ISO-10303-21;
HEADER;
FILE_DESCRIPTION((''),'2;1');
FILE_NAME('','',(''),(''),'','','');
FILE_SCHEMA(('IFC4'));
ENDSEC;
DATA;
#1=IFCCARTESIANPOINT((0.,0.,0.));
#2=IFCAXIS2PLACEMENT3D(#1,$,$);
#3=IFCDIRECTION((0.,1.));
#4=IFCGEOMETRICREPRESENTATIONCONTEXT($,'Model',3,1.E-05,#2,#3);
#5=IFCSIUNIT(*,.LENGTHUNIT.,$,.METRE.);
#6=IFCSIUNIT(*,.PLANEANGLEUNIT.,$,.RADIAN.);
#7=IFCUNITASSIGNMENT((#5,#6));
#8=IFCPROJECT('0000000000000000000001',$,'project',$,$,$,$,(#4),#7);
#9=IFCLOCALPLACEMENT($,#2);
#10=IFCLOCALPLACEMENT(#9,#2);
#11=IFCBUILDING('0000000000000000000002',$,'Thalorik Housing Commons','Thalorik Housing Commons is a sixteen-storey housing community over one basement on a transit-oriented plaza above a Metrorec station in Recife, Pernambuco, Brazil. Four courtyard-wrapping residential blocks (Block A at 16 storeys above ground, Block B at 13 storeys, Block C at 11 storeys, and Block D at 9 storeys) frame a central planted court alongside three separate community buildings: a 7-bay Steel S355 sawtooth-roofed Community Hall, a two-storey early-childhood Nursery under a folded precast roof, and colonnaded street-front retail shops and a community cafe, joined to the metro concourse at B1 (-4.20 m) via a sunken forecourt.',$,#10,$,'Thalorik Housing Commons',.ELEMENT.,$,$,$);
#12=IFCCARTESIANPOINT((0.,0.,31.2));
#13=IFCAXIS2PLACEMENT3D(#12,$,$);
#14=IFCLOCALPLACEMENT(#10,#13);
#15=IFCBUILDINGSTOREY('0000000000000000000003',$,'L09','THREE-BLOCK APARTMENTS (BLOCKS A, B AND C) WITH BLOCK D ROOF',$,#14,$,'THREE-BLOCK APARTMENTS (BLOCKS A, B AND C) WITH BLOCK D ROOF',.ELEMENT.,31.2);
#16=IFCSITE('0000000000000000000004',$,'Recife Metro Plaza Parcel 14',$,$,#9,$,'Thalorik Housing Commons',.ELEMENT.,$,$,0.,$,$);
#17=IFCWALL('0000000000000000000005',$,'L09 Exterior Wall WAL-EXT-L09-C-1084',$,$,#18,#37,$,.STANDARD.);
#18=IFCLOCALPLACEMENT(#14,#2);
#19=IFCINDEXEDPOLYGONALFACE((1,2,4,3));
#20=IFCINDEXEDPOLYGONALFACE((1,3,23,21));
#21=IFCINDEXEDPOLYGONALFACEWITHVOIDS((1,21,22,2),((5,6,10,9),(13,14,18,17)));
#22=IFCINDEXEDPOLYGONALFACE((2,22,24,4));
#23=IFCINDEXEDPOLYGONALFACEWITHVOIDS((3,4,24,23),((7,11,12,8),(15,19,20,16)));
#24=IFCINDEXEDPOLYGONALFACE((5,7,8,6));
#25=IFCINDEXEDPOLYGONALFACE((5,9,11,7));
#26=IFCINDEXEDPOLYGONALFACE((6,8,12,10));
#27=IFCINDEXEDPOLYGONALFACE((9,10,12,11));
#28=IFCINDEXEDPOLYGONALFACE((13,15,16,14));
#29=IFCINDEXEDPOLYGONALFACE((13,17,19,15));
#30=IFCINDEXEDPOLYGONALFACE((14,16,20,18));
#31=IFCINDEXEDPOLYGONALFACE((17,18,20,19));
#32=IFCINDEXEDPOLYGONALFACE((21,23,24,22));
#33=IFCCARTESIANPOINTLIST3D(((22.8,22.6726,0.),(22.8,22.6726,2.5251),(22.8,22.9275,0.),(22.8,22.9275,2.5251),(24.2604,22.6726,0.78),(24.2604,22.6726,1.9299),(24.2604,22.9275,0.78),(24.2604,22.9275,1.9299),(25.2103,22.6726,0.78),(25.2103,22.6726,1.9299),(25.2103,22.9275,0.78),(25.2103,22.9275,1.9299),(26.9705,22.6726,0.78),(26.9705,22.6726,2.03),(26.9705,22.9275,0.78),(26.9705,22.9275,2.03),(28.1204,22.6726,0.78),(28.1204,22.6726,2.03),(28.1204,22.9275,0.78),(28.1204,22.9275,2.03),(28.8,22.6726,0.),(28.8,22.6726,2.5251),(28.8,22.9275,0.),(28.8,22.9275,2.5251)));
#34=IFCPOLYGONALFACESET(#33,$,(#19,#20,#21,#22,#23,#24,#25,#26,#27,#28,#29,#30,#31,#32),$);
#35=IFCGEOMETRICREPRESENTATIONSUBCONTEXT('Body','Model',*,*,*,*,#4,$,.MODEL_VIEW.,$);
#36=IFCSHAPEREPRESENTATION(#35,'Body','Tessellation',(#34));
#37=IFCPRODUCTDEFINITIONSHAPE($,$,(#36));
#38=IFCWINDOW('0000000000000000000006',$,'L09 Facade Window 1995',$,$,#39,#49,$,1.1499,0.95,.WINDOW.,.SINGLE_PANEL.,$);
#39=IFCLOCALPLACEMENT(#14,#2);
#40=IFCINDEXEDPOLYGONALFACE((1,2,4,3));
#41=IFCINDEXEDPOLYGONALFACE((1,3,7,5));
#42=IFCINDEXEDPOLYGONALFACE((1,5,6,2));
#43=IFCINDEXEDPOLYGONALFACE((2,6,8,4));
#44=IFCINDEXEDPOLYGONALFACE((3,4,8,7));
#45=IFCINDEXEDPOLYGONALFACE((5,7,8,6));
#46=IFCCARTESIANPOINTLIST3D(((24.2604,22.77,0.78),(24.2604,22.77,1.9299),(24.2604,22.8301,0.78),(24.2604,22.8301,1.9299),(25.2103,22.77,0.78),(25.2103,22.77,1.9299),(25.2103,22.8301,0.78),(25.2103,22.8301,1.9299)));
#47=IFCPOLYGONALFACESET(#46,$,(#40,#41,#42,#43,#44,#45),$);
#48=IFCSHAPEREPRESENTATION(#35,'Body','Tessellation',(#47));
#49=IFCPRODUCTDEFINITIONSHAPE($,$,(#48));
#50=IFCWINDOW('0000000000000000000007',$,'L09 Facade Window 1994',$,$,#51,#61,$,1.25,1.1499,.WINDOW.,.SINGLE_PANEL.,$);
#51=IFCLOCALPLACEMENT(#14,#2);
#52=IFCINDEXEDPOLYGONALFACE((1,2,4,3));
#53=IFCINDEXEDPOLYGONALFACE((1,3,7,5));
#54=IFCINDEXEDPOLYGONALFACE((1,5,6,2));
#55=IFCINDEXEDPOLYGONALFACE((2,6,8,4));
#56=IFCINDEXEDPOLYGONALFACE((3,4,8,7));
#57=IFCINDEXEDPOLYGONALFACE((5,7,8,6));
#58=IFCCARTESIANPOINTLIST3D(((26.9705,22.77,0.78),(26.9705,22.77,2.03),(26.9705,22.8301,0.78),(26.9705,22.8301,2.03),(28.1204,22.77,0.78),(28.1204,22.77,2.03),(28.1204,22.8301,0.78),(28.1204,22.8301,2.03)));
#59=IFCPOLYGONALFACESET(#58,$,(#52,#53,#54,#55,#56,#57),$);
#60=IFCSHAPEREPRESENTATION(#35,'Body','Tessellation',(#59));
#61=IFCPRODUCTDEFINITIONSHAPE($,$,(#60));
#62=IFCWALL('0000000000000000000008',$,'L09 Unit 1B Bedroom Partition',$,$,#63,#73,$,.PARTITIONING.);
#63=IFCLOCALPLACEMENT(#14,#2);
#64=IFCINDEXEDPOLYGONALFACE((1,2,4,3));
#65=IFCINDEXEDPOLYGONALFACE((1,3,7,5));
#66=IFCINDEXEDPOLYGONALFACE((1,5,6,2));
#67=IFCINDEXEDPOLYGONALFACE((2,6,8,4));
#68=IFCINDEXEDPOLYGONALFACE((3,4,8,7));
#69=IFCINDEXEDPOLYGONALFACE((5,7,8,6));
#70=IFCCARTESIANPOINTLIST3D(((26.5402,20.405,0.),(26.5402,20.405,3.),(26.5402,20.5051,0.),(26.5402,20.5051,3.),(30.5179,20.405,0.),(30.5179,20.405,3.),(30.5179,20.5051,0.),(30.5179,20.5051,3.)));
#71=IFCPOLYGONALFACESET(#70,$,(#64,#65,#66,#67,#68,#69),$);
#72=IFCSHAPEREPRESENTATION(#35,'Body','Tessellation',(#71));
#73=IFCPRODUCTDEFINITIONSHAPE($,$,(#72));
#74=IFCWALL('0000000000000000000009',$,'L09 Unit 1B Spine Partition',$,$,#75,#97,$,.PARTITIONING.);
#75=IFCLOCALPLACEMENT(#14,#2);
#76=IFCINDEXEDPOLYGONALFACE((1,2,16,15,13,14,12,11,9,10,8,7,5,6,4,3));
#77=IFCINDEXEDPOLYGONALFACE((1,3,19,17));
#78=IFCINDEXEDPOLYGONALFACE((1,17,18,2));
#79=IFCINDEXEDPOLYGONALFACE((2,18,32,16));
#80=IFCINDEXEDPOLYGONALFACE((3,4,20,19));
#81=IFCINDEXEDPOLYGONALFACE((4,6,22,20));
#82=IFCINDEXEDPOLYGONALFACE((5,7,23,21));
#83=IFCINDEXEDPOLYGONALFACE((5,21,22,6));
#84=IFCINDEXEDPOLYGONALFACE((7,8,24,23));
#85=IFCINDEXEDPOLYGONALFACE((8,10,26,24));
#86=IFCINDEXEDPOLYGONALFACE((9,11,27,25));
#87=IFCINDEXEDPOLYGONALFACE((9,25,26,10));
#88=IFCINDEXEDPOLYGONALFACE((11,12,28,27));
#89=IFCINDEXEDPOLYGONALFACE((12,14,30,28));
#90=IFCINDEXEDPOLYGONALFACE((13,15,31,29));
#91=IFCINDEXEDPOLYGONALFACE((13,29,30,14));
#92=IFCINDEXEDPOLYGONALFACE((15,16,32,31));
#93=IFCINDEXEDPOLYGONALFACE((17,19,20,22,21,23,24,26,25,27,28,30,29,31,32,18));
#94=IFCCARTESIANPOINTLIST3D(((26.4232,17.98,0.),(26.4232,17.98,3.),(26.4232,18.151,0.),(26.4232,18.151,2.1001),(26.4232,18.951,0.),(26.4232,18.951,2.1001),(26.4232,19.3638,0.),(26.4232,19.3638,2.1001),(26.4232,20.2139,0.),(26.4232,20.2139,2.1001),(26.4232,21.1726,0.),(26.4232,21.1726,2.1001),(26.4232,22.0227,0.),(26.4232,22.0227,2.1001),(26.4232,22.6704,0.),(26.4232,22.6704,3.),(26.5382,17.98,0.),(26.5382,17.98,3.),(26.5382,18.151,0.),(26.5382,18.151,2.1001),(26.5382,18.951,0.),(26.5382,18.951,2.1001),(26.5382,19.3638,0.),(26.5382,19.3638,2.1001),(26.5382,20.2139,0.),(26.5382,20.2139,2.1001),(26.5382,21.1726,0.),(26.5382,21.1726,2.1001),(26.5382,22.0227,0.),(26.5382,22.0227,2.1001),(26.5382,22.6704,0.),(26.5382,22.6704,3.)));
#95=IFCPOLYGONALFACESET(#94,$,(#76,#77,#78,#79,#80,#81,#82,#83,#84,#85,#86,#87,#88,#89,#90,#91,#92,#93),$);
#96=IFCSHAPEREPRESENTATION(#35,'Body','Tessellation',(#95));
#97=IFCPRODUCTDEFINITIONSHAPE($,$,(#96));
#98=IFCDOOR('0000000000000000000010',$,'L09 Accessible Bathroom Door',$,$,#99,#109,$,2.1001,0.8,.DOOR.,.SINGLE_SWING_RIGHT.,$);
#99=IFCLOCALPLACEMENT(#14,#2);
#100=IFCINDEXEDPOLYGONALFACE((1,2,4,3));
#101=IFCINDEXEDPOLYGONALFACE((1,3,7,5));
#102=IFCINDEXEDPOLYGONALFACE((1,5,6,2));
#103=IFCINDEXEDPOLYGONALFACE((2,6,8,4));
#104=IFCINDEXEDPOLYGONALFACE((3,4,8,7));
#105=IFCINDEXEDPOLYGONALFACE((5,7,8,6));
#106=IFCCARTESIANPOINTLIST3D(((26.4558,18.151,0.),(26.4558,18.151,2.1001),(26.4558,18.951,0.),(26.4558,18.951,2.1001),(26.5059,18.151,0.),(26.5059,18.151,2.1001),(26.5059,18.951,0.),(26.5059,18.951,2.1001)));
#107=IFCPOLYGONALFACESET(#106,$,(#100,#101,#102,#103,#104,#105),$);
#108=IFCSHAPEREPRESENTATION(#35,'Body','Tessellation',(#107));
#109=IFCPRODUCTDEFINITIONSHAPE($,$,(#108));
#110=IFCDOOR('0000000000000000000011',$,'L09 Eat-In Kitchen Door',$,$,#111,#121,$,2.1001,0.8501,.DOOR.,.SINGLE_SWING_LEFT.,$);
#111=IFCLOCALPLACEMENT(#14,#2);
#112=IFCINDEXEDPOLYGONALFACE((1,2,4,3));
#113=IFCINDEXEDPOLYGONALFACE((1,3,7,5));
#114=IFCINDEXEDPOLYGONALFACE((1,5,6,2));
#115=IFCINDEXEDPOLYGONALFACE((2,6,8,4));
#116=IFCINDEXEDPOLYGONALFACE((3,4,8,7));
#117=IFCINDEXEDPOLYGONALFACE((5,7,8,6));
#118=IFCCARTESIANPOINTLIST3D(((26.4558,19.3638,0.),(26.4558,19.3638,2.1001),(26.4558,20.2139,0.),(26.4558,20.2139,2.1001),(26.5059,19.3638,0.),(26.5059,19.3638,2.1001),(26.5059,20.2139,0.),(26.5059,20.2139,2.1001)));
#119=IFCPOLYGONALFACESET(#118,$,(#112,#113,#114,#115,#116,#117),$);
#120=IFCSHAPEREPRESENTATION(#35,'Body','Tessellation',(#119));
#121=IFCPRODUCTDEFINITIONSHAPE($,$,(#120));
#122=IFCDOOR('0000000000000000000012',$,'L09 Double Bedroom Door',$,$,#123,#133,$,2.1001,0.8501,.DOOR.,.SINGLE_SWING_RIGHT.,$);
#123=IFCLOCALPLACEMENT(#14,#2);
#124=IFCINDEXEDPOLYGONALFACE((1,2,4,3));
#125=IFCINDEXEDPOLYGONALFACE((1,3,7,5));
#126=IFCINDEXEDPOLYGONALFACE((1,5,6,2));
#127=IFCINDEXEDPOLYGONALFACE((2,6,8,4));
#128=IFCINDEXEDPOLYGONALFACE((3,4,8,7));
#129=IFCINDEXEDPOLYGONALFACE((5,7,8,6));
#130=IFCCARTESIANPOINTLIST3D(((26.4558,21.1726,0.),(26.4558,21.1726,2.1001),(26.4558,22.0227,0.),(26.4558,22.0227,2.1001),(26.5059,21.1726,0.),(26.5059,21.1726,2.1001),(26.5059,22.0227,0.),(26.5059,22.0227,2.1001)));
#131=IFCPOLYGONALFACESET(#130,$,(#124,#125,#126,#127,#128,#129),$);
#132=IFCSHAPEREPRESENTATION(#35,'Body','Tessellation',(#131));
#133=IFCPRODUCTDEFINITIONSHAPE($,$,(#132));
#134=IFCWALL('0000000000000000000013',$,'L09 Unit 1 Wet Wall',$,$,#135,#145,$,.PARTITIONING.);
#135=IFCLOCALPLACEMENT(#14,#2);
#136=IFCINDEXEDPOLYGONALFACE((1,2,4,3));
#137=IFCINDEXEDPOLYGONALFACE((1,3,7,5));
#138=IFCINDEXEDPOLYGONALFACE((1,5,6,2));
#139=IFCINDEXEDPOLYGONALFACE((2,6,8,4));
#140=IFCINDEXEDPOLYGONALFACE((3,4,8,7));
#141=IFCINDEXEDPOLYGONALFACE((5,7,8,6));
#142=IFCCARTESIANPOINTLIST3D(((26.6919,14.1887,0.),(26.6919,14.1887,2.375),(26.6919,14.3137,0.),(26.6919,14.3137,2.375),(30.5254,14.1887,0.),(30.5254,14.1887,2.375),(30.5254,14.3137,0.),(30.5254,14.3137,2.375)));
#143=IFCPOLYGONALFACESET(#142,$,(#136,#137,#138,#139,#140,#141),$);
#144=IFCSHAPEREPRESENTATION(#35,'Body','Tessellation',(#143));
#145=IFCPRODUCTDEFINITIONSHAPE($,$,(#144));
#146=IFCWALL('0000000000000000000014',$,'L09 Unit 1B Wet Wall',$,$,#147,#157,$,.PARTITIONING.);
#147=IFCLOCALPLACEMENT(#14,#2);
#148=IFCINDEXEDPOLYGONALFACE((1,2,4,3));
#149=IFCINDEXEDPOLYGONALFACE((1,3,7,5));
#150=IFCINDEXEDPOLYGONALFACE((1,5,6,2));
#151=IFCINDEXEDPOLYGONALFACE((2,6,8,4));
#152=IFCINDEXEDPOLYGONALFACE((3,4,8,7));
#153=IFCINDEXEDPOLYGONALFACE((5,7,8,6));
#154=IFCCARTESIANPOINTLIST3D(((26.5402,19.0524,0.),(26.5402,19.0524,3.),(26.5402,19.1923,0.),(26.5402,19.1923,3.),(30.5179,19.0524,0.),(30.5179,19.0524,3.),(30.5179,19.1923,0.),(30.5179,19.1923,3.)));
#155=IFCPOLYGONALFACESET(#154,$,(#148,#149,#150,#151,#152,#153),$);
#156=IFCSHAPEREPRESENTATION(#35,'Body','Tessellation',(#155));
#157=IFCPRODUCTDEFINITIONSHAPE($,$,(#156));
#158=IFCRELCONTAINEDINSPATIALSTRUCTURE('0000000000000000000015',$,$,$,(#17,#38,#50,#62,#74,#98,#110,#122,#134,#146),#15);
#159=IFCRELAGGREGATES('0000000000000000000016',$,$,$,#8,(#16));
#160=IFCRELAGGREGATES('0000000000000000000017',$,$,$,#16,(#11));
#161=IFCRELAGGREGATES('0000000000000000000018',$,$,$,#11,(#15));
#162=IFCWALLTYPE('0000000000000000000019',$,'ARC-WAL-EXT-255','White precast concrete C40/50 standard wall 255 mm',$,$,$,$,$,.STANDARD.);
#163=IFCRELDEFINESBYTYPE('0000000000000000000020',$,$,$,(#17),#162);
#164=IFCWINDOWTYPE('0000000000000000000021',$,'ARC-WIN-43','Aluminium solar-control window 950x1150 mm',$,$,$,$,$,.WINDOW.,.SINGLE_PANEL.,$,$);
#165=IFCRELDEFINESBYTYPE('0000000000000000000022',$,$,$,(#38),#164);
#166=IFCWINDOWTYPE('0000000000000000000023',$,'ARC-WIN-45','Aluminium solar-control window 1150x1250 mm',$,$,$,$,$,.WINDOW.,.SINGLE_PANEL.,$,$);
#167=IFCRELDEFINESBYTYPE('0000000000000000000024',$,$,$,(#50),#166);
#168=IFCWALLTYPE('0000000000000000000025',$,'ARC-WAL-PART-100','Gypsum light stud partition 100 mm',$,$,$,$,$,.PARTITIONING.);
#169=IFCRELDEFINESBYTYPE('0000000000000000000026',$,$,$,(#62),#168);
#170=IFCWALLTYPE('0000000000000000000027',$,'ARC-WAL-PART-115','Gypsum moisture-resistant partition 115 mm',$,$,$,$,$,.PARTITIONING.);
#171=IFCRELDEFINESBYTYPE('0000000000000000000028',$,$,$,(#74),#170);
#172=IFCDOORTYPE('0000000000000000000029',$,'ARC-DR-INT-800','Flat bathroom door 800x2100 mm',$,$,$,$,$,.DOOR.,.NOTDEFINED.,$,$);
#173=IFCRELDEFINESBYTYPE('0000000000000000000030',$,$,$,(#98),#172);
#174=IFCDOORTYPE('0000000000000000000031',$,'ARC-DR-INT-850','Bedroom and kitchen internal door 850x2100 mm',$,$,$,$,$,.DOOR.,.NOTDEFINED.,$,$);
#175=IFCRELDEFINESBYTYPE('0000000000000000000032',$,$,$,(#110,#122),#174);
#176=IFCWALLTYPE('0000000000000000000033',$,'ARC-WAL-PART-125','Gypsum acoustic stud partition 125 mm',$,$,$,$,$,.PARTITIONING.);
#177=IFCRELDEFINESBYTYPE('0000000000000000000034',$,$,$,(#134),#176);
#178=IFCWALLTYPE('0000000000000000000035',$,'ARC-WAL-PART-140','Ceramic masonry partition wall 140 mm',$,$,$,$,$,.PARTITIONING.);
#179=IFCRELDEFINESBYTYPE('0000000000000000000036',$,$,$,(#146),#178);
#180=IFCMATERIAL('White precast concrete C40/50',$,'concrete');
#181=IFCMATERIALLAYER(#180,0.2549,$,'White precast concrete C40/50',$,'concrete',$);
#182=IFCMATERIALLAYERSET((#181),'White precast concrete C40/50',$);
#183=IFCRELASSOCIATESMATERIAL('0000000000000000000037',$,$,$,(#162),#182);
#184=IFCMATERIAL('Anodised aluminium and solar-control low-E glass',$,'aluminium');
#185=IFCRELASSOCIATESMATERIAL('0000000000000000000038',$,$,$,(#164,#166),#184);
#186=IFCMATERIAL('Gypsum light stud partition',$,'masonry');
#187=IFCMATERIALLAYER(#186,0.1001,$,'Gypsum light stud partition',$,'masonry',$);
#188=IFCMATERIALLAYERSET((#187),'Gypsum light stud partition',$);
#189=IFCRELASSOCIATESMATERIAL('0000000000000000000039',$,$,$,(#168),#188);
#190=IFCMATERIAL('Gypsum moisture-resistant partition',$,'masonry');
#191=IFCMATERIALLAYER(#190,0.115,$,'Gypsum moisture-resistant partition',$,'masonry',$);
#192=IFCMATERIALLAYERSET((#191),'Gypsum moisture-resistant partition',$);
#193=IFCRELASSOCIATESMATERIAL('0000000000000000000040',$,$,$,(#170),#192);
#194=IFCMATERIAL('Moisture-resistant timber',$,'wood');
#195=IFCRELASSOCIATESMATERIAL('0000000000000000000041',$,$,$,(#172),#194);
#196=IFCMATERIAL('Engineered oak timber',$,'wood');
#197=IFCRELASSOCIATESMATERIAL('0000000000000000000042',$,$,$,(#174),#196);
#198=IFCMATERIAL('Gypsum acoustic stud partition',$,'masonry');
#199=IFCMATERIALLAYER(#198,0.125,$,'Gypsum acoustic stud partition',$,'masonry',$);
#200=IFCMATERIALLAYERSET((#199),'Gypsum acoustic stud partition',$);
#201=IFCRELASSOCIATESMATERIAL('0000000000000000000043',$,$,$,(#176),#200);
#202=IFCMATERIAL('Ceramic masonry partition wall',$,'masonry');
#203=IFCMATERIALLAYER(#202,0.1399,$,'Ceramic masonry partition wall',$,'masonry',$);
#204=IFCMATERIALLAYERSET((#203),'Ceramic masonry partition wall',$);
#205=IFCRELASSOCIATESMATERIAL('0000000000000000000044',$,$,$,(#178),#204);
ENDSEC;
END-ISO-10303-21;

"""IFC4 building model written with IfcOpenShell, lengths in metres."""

from ifc_helpers import new_model, si_unit, direction, frame, frame_2d, origin, place, context, subcontext, project, spatial, rectangle, extrude, material, layer, layer_set, type_object, element, fill, save


model = new_model("IFC4")

# Units and contexts
model_context = context("Model", 3, precision=1e-05, world=origin(), true_north=direction((0.0, 1.0)))
body_context = subcontext(model_context, "Body", "Model", "MODEL_VIEW")
ifc_project = project(units=[si_unit("LENGTHUNIT", "METRE"), si_unit("PLANEANGLEUNIT", "RADIAN")], contexts=[model_context])

# Site, building, storey
site_placement = place(None, origin())
site = spatial("IfcSite", under=ifc_project, at=site_placement, Name="Recife Metro Plaza Parcel 14", LongName="Thalorik Housing Commons", CompositionType="ELEMENT", RefElevation=0.0)
building_placement = place(site_placement, origin())
building = spatial("IfcBuilding", under=site, at=building_placement, Name="Thalorik Housing Commons", Description="Thalorik Housing Commons is a sixteen-storey housing community over one basement on a transit-oriented plaza above a Metrorec station in Recife, Pernambuco, Brazil. Four courtyard-wrapping residential blocks (Block A at 16 storeys above ground, Block B at 13 storeys, Block C at 11 storeys, and Block D at 9 storeys) frame a central planted court alongside three separate community buildings: a 7-bay Steel S355 sawtooth-roofed Community Hall, a two-storey early-childhood Nursery under a folded precast roof, and colonnaded street-front retail shops and a community cafe, joined to the metro concourse at B1 (-4.20 m) via a sunken forecourt.", LongName="Thalorik Housing Commons", CompositionType="ELEMENT")
storey_placement = place(building_placement, frame((0.0, 0.0, 31.2)))
storey = spatial("IfcBuildingStorey", under=building, at=storey_placement, Name="L09", Description="THREE-BLOCK APARTMENTS (BLOCKS A, B AND C) WITH BLOCK D ROOF", LongName="THREE-BLOCK APARTMENTS (BLOCKS A, B AND C) WITH BLOCK D ROOF", CompositionType="ELEMENT", Elevation=31.2)

# Shared definitions
ifc_material_1 = material(Name="Anodised aluminium and solar-control low-E glass", Category="aluminium")

# Shared definitions
ifc_material_2 = material(Name="White precast concrete C40/50", Category="concrete")
ifc_layer_1 = layer(ifc_material_2, 0.2549, Name="White precast concrete C40/50", Category="concrete")
ifc_layer_set_1 = layer_set([ifc_layer_1], Name="White precast concrete C40/50")
wall_type_1 = type_object("IfcWallType", Name="ARC-WAL-EXT-255", Description="White precast concrete C40/50 standard wall 255 mm", PredefinedType="STANDARD", material=ifc_layer_set_1)

# Wall, openings, windows
wall_1_placement = place(storey_placement, frame((28.8, 22.8, 0.0), z_axis=(0.0, 0.0, 1.0), x_axis=(-1.0, 0.0, 0.0)))
wall_1 = element("IfcWall", 1, at=wall_1_placement, inside=storey, type_object=wall_type_1, Name="L09 Exterior Wall WAL-EXT-L09-C-1084", PredefinedType="STANDARD", context=body_context, shape_type="SweptSolid", body=[
    extrude(rectangle(XDim=6.0, YDim=0.2549, at=frame_2d((3.0, 0.0))), origin(), (0.0, 0.0, 1.0), 2.5251),
])
opening_1_placement = place(wall_1_placement, frame((0.6797, 0.0, 0.78)))
opening_1 = element("IfcOpeningElement", 2, at=opening_1_placement, cuts=wall_1, PredefinedType="OPENING", context=body_context, shape_type="SweptSolid", body=[
    extrude(rectangle(XDim=1.1499, YDim=1.25, at=frame_2d((0.575, 0.625))), frame((0.0, 0.1375, 0.0), z_axis=(0.0, -1.0, 0.0), x_axis=(1.0, 0.0, 0.0)), (0.0, 0.0, 1.0), 0.2749),
])
opening_2_placement = place(wall_1_placement, frame((3.5896, 0.0, 0.78)))
opening_2 = element("IfcOpeningElement", 3, at=opening_2_placement, cuts=wall_1, PredefinedType="OPENING", context=body_context, shape_type="SweptSolid", body=[
    extrude(rectangle(XDim=0.95, YDim=1.1499, at=frame_2d((0.4751, 0.575))), frame((0.0, 0.1375, 0.0), z_axis=(0.0, -1.0, 0.0), x_axis=(1.0, 0.0, 0.0)), (0.0, 0.0, 1.0), 0.2749),
])
window_type_1 = type_object("IfcWindowType", Name="ARC-WIN-43", Description="Aluminium solar-control window 950x1150 mm", PartitioningType="SINGLE_PANEL", PredefinedType="WINDOW", material=ifc_material_1)
window_1_placement = place(opening_2_placement, origin())
window_1 = element("IfcWindow", 4, at=window_1_placement, inside=storey, type_object=window_type_1, Name="L09 Facade Window 1995", OverallHeight=1.1499, OverallWidth=0.95, PartitioningType="SINGLE_PANEL", PredefinedType="WINDOW", context=body_context, shape_type="SweptSolid", body=[
    extrude(rectangle(XDim=0.95, YDim=1.1499, at=frame_2d((0.4751, 0.575))), frame((0.0, 0.03, 0.0), z_axis=(0.0, -1.0, 0.0), x_axis=(1.0, 0.0, 0.0)), (0.0, 0.0, 1.0), 0.0601),
])
fill(opening_2, window_1)
window_type_2 = type_object("IfcWindowType", Name="ARC-WIN-45", Description="Aluminium solar-control window 1150x1250 mm", PartitioningType="SINGLE_PANEL", PredefinedType="WINDOW", material=ifc_material_1)
window_2_placement = place(opening_1_placement, origin())
window_2 = element("IfcWindow", 5, at=window_2_placement, inside=storey, type_object=window_type_2, Name="L09 Facade Window 1994", OverallHeight=1.25, OverallWidth=1.1499, PartitioningType="SINGLE_PANEL", PredefinedType="WINDOW", context=body_context, shape_type="SweptSolid", body=[
    extrude(rectangle(XDim=1.1499, YDim=1.25, at=frame_2d((0.575, 0.625))), frame((0.0, 0.03, 0.0), z_axis=(0.0, -1.0, 0.0), x_axis=(1.0, 0.0, 0.0)), (0.0, 0.0, 1.0), 0.0601),
])
fill(opening_1, window_2)

# Wall
ifc_material_3 = material(Name="Gypsum light stud partition", Category="masonry")
ifc_layer_2 = layer(ifc_material_3, 0.1001, Name="Gypsum light stud partition", Category="masonry")
ifc_layer_set_2 = layer_set([ifc_layer_2], Name="Gypsum light stud partition")
wall_type_2 = type_object("IfcWallType", Name="ARC-WAL-PART-100", Description="Gypsum light stud partition 100 mm", PredefinedType="PARTITIONING", material=ifc_layer_set_2)
wall_2_placement = place(storey_placement, frame((26.5403, 20.4551, 0.0), z_axis=(0.0, 0.0, 1.0), x_axis=(1.0, 0.0, 0.0)))
element("IfcWall", 6, at=wall_2_placement, inside=storey, type_object=wall_type_2, Name="L09 Unit 1B Bedroom Partition", PredefinedType="PARTITIONING", context=body_context, shape_type="SweptSolid", body=[
    extrude(rectangle(XDim=3.9778, YDim=0.1001, at=frame_2d((1.9888, 0.0))), origin(), (0.0, 0.0, 1.0), 3.0),
])

# Wall, openings, doors
ifc_material_4 = material(Name="Gypsum moisture-resistant partition", Category="masonry")
ifc_layer_3 = layer(ifc_material_4, 0.115, Name="Gypsum moisture-resistant partition", Category="masonry")
ifc_layer_set_3 = layer_set([ifc_layer_3], Name="Gypsum moisture-resistant partition")
wall_type_3 = type_object("IfcWallType", Name="ARC-WAL-PART-115", Description="Gypsum moisture-resistant partition 115 mm", PredefinedType="PARTITIONING", material=ifc_layer_set_3)
wall_3_placement = place(storey_placement, frame((26.4807, 17.98, 0.0), z_axis=(0.0, 0.0, 1.0), x_axis=(0.0, 1.0, 0.0)))
wall_3 = element("IfcWall", 7, at=wall_3_placement, inside=storey, type_object=wall_type_3, Name="L09 Unit 1B Spine Partition", PredefinedType="PARTITIONING", context=body_context, shape_type="SweptSolid", body=[
    extrude(rectangle(XDim=4.6904, YDim=0.115, at=frame_2d((2.3452, 0.0))), origin(), (0.0, 0.0, 1.0), 3.0),
])
opening_3_placement = place(wall_3_placement, frame((0.1711, 0.0, 0.0)))
opening_3 = element("IfcOpeningElement", 8, at=opening_3_placement, cuts=wall_3, PredefinedType="OPENING", context=body_context, shape_type="SweptSolid", body=[
    extrude(rectangle(XDim=0.8, YDim=2.1001, at=frame_2d((0.3999, 1.05))), frame((0.0, 0.0674, 0.0), z_axis=(0.0, -1.0, 0.0), x_axis=(1.0, 0.0, 0.0)), (0.0, 0.0, 1.0), 0.135),
])
opening_4_placement = place(wall_3_placement, frame((1.3838, 0.0, 0.0)))
opening_4 = element("IfcOpeningElement", 9, at=opening_4_placement, cuts=wall_3, PredefinedType="OPENING", context=body_context, shape_type="SweptSolid", body=[
    extrude(rectangle(XDim=0.8501, YDim=2.1001, at=frame_2d((0.425, 1.05))), frame((0.0, 0.0674, 0.0), z_axis=(0.0, -1.0, 0.0), x_axis=(1.0, 0.0, 0.0)), (0.0, 0.0, 1.0), 0.135),
])
opening_5_placement = place(wall_3_placement, frame((3.1926, 0.0, 0.0)))
opening_5 = element("IfcOpeningElement", 10, at=opening_5_placement, cuts=wall_3, PredefinedType="OPENING", context=body_context, shape_type="SweptSolid", body=[
    extrude(rectangle(XDim=0.8501, YDim=2.1001, at=frame_2d((0.425, 1.05))), frame((0.0, 0.0674, 0.0), z_axis=(0.0, -1.0, 0.0), x_axis=(1.0, 0.0, 0.0)), (0.0, 0.0, 1.0), 0.135),
])
ifc_material_5 = material(Name="Moisture-resistant timber", Category="wood")
door_type_1 = type_object("IfcDoorType", Name="ARC-DR-INT-800", Description="Flat bathroom door 800x2100 mm", OperationType="NOTDEFINED", PredefinedType="DOOR", material=ifc_material_5)
door_1_placement = place(opening_3_placement, origin())
door_1 = element("IfcDoor", 11, at=door_1_placement, inside=storey, type_object=door_type_1, Name="L09 Accessible Bathroom Door", OperationType="SINGLE_SWING_RIGHT", OverallHeight=2.1001, OverallWidth=0.8, PredefinedType="DOOR", context=body_context, shape_type="SweptSolid", body=[
    extrude(rectangle(XDim=0.8, YDim=2.1001, at=frame_2d((0.3999, 1.05))), frame((0.0, 0.0249, 0.0), z_axis=(0.0, -1.0, 0.0), x_axis=(1.0, 0.0, 0.0)), (0.0, 0.0, 1.0), 0.05),
])
fill(opening_3, door_1)
ifc_material_6 = material(Name="Engineered oak timber", Category="wood")
door_type_2 = type_object("IfcDoorType", Name="ARC-DR-INT-850", Description="Bedroom and kitchen internal door 850x2100 mm", OperationType="NOTDEFINED", PredefinedType="DOOR", material=ifc_material_6)
door_2_placement = place(opening_4_placement, origin())
door_2 = element("IfcDoor", 12, at=door_2_placement, inside=storey, type_object=door_type_2, Name="L09 Eat-In Kitchen Door", OperationType="SINGLE_SWING_LEFT", OverallHeight=2.1001, OverallWidth=0.8501, PredefinedType="DOOR", context=body_context, shape_type="SweptSolid", body=[
    extrude(rectangle(XDim=0.8501, YDim=2.1001, at=frame_2d((0.425, 1.05))), frame((0.0, 0.0249, 0.0), z_axis=(0.0, -1.0, 0.0), x_axis=(1.0, 0.0, 0.0)), (0.0, 0.0, 1.0), 0.05),
])
fill(opening_4, door_2)
door_3_placement = place(opening_5_placement, origin())
door_3 = element("IfcDoor", 13, at=door_3_placement, inside=storey, type_object=door_type_2, Name="L09 Double Bedroom Door", OperationType="SINGLE_SWING_RIGHT", OverallHeight=2.1001, OverallWidth=0.8501, PredefinedType="DOOR", context=body_context, shape_type="SweptSolid", body=[
    extrude(rectangle(XDim=0.8501, YDim=2.1001, at=frame_2d((0.425, 1.05))), frame((0.0, 0.0249, 0.0), z_axis=(0.0, -1.0, 0.0), x_axis=(1.0, 0.0, 0.0)), (0.0, 0.0, 1.0), 0.05),
])
fill(opening_5, door_3)

# Walls
ifc_material_7 = material(Name="Gypsum acoustic stud partition", Category="masonry")
ifc_layer_4 = layer(ifc_material_7, 0.125, Name="Gypsum acoustic stud partition", Category="masonry")
ifc_layer_set_4 = layer_set([ifc_layer_4], Name="Gypsum acoustic stud partition")
wall_type_4 = type_object("IfcWallType", Name="ARC-WAL-PART-125", Description="Gypsum acoustic stud partition 125 mm", PredefinedType="PARTITIONING", material=ifc_layer_set_4)
wall_4_placement = place(storey_placement, frame((26.6919, 14.2512, 0.0), z_axis=(0.0, 0.0, 1.0), x_axis=(1.0, 0.0, 0.0)))
element("IfcWall", 14, at=wall_4_placement, inside=storey, type_object=wall_type_4, Name="L09 Unit 1 Wet Wall", PredefinedType="PARTITIONING", context=body_context, shape_type="SweptSolid", body=[
    extrude(rectangle(XDim=3.8335, YDim=0.125, at=frame_2d((1.9167, 0.0))), origin(), (0.0, 0.0, 1.0), 2.375),
])
ifc_material_8 = material(Name="Ceramic masonry partition wall", Category="masonry")
ifc_layer_5 = layer(ifc_material_8, 0.1399, Name="Ceramic masonry partition wall", Category="masonry")
ifc_layer_set_5 = layer_set([ifc_layer_5], Name="Ceramic masonry partition wall")
wall_type_5 = type_object("IfcWallType", Name="ARC-WAL-PART-140", Description="Ceramic masonry partition wall 140 mm", PredefinedType="PARTITIONING", material=ifc_layer_set_5)
wall_5_placement = place(storey_placement, frame((26.5403, 19.1223, 0.0), z_axis=(0.0, 0.0, 1.0), x_axis=(1.0, 0.0, 0.0)))
element("IfcWall", 15, at=wall_5_placement, inside=storey, type_object=wall_type_5, Name="L09 Unit 1B Wet Wall", PredefinedType="PARTITIONING", context=body_context, shape_type="SweptSolid", body=[
    extrude(rectangle(XDim=3.9778, YDim=0.1399, at=frame_2d((1.9888, 0.0))), origin(), (0.0, 0.0, 1.0), 3.0),
])

save(model, "model.ifc")
